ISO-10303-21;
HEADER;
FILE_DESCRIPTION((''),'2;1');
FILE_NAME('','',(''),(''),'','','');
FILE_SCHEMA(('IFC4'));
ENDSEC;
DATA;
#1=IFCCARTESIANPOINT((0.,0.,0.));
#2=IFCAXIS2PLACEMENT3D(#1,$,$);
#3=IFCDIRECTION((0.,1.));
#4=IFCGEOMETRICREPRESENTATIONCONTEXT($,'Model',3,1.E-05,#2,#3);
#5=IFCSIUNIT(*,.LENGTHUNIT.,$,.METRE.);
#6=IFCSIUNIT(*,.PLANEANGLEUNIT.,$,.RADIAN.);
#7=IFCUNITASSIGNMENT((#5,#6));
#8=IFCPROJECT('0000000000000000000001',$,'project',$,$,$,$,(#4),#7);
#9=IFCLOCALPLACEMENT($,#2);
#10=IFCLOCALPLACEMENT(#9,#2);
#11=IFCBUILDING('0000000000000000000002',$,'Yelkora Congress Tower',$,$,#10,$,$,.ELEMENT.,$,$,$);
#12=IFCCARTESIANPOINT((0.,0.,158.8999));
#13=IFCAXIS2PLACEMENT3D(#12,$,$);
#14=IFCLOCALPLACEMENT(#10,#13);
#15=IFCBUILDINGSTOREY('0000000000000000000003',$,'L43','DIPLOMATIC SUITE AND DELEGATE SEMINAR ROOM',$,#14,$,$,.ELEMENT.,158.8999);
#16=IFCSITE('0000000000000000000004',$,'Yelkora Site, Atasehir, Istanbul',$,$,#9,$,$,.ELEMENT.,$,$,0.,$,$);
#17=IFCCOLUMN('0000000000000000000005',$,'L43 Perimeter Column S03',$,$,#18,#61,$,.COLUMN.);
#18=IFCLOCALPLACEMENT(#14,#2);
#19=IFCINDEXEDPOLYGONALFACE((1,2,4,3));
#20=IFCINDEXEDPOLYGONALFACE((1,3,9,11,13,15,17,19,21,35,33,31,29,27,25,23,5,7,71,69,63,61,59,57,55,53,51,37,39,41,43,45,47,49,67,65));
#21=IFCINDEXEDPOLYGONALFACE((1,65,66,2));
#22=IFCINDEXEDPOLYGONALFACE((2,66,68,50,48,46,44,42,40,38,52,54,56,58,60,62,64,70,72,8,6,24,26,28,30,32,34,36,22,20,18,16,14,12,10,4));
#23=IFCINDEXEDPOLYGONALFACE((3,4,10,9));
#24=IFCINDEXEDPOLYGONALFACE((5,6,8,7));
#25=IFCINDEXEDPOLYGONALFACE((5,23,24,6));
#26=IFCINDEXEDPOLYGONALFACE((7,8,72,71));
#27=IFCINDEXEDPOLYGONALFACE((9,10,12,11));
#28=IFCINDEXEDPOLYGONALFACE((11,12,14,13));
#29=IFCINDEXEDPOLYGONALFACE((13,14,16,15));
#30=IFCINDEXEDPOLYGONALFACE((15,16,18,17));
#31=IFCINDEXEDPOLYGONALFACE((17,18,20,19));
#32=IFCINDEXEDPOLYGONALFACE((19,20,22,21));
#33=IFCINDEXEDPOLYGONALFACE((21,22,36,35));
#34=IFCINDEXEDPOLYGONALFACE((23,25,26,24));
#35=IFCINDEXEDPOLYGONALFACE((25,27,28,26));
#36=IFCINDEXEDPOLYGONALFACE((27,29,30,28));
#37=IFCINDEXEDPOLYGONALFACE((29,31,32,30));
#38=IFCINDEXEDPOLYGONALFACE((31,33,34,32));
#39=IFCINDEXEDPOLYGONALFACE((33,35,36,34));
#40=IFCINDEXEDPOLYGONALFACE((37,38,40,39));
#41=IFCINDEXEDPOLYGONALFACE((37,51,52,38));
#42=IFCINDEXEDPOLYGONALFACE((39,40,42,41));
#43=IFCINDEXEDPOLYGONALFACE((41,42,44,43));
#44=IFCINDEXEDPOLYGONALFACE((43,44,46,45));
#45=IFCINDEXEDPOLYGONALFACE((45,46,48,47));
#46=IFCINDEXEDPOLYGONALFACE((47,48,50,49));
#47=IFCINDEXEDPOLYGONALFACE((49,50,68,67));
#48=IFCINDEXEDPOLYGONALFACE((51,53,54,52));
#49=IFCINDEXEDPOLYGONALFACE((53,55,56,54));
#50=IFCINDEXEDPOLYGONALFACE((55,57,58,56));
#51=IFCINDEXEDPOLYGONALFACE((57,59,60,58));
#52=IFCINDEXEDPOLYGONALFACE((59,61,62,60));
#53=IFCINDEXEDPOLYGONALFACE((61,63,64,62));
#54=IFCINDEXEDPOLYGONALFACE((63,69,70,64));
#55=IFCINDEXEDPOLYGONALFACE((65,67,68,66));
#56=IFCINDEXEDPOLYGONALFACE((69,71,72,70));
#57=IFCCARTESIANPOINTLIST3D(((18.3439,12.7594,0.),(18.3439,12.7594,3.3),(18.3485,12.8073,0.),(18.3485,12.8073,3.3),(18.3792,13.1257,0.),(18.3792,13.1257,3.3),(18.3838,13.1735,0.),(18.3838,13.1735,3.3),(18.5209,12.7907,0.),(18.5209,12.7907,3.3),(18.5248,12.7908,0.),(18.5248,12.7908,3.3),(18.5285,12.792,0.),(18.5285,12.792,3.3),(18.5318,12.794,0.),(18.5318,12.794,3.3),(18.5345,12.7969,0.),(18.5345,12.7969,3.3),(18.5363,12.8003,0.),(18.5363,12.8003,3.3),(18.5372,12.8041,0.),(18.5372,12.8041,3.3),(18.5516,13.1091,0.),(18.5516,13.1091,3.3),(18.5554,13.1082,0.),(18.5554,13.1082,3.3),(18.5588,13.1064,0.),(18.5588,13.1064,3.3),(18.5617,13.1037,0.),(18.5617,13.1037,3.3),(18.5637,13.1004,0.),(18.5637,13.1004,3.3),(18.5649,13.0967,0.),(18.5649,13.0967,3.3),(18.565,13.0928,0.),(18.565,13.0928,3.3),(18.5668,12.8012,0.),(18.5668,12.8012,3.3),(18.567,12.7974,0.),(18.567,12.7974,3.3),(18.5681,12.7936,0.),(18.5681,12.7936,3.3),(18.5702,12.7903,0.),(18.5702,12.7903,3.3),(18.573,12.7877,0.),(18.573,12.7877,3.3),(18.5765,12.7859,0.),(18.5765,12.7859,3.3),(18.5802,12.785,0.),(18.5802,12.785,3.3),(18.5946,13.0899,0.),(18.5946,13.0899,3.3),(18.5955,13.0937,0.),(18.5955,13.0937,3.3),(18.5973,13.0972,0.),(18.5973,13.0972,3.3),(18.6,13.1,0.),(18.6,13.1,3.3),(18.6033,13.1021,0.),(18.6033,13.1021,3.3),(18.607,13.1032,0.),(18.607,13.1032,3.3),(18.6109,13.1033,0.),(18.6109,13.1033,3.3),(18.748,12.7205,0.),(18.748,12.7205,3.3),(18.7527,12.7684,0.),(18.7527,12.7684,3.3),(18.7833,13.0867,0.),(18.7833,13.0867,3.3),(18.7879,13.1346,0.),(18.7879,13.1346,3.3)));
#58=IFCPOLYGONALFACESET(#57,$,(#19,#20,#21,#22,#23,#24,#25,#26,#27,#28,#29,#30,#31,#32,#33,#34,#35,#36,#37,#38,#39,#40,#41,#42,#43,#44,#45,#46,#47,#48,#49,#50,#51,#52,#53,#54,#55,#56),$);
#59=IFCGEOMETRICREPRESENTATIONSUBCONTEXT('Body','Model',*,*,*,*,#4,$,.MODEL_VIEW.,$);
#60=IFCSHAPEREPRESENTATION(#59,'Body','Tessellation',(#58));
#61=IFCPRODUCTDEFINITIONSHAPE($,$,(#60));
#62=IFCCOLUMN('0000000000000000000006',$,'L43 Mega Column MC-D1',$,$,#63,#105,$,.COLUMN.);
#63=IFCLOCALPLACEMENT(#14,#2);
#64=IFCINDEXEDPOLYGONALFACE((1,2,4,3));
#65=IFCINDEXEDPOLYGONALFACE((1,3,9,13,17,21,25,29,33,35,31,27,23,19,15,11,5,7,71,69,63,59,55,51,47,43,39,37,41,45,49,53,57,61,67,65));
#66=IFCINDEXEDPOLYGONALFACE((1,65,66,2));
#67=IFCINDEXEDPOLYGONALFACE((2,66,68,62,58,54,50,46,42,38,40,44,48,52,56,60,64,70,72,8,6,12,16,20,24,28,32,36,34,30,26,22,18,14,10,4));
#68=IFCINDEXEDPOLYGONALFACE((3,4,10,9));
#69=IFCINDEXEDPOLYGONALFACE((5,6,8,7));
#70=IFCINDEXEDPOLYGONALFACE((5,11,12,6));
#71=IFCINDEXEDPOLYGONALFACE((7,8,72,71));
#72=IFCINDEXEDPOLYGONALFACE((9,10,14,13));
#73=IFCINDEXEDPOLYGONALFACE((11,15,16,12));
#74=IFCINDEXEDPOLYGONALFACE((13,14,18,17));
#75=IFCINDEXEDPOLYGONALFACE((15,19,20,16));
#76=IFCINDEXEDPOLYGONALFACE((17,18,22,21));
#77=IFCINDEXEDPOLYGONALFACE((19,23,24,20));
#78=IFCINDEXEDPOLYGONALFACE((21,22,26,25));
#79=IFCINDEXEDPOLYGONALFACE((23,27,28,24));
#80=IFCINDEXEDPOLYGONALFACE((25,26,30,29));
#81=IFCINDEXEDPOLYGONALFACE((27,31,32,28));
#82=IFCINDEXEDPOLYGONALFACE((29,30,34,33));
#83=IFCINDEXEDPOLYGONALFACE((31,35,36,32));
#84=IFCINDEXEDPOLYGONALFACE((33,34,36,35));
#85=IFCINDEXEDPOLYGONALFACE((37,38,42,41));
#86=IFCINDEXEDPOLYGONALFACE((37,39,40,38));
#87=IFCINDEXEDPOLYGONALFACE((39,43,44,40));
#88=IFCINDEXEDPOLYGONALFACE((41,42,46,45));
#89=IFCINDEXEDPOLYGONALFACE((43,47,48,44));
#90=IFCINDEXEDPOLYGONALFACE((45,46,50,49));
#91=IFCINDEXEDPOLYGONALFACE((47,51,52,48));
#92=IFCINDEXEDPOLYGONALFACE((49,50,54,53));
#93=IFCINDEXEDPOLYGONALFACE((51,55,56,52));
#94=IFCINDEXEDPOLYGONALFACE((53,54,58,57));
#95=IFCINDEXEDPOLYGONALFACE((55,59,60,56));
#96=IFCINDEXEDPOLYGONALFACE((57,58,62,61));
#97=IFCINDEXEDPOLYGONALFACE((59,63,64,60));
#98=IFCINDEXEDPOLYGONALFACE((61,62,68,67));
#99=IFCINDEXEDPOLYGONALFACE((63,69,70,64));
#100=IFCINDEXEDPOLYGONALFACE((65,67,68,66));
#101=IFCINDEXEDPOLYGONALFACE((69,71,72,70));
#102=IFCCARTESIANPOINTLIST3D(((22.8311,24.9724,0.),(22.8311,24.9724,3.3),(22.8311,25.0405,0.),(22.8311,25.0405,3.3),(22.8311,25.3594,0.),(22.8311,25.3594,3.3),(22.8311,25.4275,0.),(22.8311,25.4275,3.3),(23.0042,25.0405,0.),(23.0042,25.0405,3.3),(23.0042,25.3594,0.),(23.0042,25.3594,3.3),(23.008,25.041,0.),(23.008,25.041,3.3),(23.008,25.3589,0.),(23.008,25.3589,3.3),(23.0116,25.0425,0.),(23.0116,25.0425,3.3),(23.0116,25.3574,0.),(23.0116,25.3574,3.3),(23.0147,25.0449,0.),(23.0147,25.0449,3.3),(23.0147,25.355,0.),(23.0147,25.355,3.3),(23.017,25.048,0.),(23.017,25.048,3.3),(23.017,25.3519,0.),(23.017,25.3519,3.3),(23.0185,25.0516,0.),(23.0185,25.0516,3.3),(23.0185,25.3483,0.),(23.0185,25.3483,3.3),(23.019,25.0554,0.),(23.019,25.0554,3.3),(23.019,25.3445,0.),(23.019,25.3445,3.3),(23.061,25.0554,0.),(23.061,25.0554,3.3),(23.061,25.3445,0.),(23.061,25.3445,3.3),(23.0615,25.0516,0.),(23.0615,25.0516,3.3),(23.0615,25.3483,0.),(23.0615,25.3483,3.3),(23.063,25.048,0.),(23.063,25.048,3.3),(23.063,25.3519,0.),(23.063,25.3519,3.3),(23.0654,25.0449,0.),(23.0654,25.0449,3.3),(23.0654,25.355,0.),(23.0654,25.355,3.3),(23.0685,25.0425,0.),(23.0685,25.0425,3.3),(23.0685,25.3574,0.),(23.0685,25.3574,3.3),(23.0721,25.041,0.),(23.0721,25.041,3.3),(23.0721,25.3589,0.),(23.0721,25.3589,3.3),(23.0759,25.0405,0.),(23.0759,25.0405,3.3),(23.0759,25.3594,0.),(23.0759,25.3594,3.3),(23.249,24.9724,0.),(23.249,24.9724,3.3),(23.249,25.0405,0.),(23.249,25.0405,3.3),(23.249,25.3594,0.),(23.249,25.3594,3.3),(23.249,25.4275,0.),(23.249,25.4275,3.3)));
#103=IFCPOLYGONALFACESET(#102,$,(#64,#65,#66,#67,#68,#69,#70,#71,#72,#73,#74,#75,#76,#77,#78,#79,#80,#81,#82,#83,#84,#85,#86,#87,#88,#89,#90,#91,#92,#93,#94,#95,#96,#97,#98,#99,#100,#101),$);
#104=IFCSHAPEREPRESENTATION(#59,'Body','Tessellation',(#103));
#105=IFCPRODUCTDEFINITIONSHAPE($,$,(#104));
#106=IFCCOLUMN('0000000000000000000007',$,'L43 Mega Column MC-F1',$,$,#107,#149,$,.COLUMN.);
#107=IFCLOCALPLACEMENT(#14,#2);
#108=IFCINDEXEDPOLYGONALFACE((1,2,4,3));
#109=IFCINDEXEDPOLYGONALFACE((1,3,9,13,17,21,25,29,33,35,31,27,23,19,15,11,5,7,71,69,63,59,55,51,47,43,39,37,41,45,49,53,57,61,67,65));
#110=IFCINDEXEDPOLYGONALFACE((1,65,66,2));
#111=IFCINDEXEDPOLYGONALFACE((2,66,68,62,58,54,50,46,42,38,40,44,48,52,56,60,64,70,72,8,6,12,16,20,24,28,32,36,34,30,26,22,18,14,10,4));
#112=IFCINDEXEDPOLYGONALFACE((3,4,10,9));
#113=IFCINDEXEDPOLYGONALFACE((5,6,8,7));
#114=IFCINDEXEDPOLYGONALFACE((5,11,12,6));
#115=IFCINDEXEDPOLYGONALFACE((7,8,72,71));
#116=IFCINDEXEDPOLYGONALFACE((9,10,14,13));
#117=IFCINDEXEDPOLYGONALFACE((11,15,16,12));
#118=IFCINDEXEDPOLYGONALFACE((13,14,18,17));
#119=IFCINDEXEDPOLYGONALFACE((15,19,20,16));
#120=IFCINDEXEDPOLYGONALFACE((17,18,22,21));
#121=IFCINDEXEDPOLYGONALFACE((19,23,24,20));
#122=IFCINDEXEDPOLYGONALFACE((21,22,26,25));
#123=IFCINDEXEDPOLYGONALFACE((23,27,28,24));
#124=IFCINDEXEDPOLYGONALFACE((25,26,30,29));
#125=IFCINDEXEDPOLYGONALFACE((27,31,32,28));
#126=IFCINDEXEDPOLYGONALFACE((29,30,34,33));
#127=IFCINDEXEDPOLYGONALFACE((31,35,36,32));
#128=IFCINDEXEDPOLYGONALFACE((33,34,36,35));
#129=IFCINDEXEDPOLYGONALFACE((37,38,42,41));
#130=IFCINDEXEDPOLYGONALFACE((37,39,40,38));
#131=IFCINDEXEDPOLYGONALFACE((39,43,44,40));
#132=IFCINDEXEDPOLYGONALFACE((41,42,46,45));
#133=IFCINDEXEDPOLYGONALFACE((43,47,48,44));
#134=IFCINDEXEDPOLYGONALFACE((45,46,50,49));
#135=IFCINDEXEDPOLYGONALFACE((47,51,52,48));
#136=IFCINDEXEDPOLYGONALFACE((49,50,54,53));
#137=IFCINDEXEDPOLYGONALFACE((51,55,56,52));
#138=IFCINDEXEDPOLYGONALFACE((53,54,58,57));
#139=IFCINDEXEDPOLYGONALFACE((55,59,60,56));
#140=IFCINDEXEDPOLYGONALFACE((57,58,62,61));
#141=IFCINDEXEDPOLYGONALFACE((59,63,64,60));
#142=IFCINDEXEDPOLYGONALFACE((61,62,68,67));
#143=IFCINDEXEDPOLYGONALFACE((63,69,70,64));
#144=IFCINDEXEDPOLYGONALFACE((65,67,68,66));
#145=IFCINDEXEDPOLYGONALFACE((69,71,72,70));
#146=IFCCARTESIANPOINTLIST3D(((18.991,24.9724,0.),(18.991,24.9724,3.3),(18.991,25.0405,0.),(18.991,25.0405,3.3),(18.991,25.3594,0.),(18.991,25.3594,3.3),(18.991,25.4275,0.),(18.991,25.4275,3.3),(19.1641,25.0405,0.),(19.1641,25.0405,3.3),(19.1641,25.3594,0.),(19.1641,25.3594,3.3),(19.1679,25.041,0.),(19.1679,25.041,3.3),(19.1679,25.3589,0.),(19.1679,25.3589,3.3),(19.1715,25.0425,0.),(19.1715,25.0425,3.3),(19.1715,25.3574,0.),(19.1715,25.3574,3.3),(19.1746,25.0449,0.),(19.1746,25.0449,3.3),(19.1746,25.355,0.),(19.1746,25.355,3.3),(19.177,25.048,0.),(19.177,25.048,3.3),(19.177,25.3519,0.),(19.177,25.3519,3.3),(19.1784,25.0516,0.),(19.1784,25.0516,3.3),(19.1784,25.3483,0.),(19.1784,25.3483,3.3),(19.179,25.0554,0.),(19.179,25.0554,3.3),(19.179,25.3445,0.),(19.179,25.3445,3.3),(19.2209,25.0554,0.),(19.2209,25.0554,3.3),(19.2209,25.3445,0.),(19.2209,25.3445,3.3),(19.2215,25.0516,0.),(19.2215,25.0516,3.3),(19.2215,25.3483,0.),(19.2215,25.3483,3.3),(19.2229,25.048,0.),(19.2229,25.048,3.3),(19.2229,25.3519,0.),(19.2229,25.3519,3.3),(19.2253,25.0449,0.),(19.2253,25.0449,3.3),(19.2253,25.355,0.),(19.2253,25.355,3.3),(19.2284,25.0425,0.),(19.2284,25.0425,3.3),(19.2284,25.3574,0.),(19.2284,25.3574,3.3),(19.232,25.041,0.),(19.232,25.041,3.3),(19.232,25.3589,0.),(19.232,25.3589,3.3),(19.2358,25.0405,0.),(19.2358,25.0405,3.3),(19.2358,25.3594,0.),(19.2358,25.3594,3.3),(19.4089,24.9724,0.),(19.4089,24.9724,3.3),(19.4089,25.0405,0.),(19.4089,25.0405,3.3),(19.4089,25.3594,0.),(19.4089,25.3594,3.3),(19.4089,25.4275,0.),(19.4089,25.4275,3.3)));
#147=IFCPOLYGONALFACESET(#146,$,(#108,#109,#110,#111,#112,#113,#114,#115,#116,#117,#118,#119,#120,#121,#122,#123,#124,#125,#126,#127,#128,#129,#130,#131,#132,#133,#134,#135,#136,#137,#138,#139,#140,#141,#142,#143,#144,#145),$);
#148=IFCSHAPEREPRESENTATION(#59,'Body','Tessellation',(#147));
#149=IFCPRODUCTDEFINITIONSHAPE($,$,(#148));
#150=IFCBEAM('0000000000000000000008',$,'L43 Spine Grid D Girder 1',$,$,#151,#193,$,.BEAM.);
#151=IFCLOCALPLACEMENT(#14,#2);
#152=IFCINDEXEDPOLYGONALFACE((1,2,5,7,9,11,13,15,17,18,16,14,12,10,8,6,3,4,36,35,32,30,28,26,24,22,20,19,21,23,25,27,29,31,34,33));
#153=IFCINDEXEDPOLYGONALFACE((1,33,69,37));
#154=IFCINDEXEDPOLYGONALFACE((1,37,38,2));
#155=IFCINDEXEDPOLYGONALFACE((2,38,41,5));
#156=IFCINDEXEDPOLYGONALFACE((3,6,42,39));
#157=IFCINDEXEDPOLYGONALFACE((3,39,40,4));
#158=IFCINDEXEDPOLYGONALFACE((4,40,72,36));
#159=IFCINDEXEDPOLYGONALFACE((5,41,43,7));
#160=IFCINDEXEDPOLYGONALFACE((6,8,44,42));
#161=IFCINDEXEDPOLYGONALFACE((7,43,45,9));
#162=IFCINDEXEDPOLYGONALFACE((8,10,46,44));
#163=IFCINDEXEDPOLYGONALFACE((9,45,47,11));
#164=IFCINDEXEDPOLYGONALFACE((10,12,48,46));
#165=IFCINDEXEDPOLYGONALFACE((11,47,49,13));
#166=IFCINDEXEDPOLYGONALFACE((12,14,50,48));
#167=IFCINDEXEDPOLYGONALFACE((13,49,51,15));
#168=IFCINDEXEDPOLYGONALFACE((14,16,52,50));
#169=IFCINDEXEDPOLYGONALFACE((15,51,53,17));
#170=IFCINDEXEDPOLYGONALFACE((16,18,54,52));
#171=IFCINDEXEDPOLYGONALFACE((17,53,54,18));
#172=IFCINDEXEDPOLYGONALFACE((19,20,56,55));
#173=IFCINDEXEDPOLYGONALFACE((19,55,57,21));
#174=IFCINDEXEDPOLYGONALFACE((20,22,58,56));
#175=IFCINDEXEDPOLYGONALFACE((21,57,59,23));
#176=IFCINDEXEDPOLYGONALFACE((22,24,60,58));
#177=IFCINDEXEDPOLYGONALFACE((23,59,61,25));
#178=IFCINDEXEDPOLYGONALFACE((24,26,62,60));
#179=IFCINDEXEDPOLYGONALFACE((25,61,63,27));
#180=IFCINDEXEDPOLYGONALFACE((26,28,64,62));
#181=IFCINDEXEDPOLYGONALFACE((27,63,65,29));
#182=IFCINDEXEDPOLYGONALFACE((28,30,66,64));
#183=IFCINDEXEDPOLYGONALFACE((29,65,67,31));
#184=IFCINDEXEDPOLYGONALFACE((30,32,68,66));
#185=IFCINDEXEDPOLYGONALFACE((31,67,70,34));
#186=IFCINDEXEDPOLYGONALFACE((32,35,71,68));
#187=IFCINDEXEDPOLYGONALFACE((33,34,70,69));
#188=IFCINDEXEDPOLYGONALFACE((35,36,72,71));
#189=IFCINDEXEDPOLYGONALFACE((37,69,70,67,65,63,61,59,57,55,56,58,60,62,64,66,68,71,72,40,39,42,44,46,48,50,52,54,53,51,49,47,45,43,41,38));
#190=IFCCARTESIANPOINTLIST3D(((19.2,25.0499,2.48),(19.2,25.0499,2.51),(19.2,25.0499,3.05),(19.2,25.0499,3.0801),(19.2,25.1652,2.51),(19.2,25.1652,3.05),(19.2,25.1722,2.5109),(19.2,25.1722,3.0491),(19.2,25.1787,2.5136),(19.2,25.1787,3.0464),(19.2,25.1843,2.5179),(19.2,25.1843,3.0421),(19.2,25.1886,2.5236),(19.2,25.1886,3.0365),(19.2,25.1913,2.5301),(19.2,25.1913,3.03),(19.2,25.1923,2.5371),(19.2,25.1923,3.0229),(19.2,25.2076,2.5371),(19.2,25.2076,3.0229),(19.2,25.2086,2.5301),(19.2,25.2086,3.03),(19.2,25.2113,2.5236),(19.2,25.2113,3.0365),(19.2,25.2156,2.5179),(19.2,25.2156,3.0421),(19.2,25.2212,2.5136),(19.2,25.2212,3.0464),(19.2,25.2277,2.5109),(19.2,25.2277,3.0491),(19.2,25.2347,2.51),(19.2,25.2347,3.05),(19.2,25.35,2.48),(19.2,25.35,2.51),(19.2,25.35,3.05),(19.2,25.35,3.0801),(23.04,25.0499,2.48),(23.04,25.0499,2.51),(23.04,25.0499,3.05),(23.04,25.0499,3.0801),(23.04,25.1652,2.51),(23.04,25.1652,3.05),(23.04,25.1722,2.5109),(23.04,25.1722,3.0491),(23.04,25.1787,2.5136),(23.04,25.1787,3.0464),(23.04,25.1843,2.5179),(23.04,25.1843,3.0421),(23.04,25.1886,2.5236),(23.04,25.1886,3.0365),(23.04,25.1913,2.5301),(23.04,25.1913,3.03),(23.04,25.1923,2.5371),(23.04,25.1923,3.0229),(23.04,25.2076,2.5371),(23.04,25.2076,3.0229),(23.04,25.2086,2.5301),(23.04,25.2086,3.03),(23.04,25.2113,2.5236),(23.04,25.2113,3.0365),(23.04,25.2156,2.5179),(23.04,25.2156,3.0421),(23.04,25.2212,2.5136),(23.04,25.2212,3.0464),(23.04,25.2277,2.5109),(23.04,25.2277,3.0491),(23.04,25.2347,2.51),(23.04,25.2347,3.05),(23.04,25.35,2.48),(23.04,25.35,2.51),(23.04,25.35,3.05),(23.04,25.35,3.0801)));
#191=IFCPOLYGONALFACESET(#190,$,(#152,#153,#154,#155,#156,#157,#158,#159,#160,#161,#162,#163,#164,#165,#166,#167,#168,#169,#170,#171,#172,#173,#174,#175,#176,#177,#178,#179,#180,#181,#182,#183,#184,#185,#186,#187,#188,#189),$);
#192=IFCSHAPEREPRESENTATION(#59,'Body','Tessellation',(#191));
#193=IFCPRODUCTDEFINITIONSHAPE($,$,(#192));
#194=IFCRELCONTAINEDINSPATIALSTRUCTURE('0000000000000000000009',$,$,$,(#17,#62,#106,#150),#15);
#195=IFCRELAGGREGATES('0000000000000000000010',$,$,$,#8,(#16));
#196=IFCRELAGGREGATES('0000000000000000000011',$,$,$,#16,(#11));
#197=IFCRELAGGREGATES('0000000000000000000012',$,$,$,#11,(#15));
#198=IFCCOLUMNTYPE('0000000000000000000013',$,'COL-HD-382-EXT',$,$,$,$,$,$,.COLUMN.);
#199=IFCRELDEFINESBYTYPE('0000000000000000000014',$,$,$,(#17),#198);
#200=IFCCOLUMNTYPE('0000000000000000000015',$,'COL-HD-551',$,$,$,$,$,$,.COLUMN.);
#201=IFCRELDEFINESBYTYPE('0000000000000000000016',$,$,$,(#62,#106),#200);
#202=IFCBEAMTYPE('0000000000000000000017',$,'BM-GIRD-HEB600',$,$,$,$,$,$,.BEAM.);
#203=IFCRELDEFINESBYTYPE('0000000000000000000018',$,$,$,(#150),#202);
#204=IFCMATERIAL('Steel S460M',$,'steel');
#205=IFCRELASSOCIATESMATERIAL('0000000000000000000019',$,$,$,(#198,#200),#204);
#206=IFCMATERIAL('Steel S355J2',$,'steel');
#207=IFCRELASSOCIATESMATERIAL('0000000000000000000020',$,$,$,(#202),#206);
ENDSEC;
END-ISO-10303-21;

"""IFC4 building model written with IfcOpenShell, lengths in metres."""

from ifc_helpers import new_model, si_unit, direction, frame, origin, origin_2d, place, context, subcontext, project, spatial, i_section, extrude, material, material_profile, profile_set, type_object, element, save


model = new_model("IFC4")

# Units and contexts
model_context = context("Model", 3, precision=1e-05, world=origin(), true_north=direction((0.0, 1.0)))
body_context = subcontext(model_context, "Body", "Model", "MODEL_VIEW")
ifc_project = project(units=[si_unit("LENGTHUNIT", "METRE"), si_unit("PLANEANGLEUNIT", "RADIAN")], contexts=[model_context])

# Site, building, storey
site_placement = place(None, origin())
site = spatial("IfcSite", under=ifc_project, at=site_placement, Name="Yelkora Site, Atasehir, Istanbul", CompositionType="ELEMENT", RefElevation=0.0)
building_placement = place(site_placement, origin())
building = spatial("IfcBuilding", under=site, at=building_placement, Name="Yelkora Congress Tower", CompositionType="ELEMENT")
storey_placement = place(building_placement, frame((0.0, 0.0, 158.8999)))
storey = spatial("IfcBuildingStorey", under=building, at=storey_placement, Name="L43", Description="DIPLOMATIC SUITE AND DELEGATE SEMINAR ROOM", CompositionType="ELEMENT", Elevation=158.8999)

# Columns
ifc_material_1 = material(Name="Steel S460M", Category="steel")
ifc_material_profile_1 = material_profile(ifc_material_1, i_section(OverallWidth=0.406, OverallDepth=0.416, WebThickness=0.0298, FlangeThickness=0.0481, FilletRadius=0.0149, at=origin_2d()), Name="HD 400x382")
ifc_profile_set_1 = profile_set([ifc_material_profile_1], Name="Steel S460M")
column_type_1 = type_object("IfcColumnType", Name="COL-HD-382-EXT", PredefinedType="COLUMN", material=ifc_profile_set_1)
column_placement = place(storey_placement, frame((18.5659, 12.947, 0.0), z_axis=(0.0, 0.0, 1.0), x_axis=(0.995396, -0.095846, 0.0)))
element("IfcColumn", 1, at=column_placement, inside=storey, type_object=column_type_1, Name="L43 Perimeter Column S03", PredefinedType="COLUMN", context=body_context, shape_type="SweptSolid", body=[
    extrude(i_section(OverallWidth=0.406, OverallDepth=0.416, WebThickness=0.0298, FlangeThickness=0.0481, FilletRadius=0.0149, at=origin_2d()), origin(), (0.0, 0.0, 1.0), 3.3),
])
ifc_material_profile_2 = material_profile(ifc_material_1, i_section(OverallWidth=0.418, OverallDepth=0.4551, WebThickness=0.042, FlangeThickness=0.0681, FilletRadius=0.0149, at=origin_2d()), Name="HD 400x551")
ifc_profile_set_2 = profile_set([ifc_material_profile_2], Name="Steel S460M")
column_type_2 = type_object("IfcColumnType", Name="COL-HD-551", PredefinedType="COLUMN", material=ifc_profile_set_2)
for number, where, z_axis, x_axis, name in (
    (2, (23.04, 25.2, 0.0), (0.0, 0.0, 1.0), (1.0, 0.0, 0.0), "L43 Mega Column MC-D1"),
    (3, (19.2, 25.2, 0.0), (0.0, 0.0, 1.0), (1.0, 0.0, 0.0), "L43 Mega Column MC-F1"),
):
    element("IfcColumn", number, at=place(storey_placement, frame(where, z_axis=z_axis, x_axis=x_axis)), inside=storey, type_object=column_type_2, Name=name, PredefinedType="COLUMN", context=body_context, shape_type="SweptSolid", body=[
        extrude(i_section(OverallWidth=0.418, OverallDepth=0.4551, WebThickness=0.042, FlangeThickness=0.0681, FilletRadius=0.0149, at=origin_2d()), origin(), (0.0, 0.0, 1.0), 3.3),
    ])

# Beam
ifc_material_2 = material(Name="Steel S355J2", Category="steel")
ifc_material_profile_3 = material_profile(ifc_material_2, i_section(OverallWidth=0.3, OverallDepth=0.6001, WebThickness=0.0154, FlangeThickness=0.03, FilletRadius=0.0271, at=origin_2d()), Name="HEB 600")
ifc_profile_set_3 = profile_set([ifc_material_profile_3], Name="Steel S355J2")
beam_type_1 = type_object("IfcBeamType", Name="BM-GIRD-HEB600", PredefinedType="BEAM", material=ifc_profile_set_3)
beam_1_placement = place(storey_placement, frame((19.2, 25.2, 2.78), z_axis=(1.0, 0.0, 0.0), x_axis=(0.0, 1.0, 0.0)))
element("IfcBeam", 4, at=beam_1_placement, inside=storey, type_object=beam_type_1, Name="L43 Spine Grid D Girder 1", PredefinedType="BEAM", context=body_context, shape_type="SweptSolid", body=[
    extrude(i_section(OverallWidth=0.3, OverallDepth=0.6001, WebThickness=0.0154, FlangeThickness=0.03, FilletRadius=0.0271, at=origin_2d()), origin(), (0.0, 0.0, 1.0), 3.8401),
])

save(model, "model.ifc")
